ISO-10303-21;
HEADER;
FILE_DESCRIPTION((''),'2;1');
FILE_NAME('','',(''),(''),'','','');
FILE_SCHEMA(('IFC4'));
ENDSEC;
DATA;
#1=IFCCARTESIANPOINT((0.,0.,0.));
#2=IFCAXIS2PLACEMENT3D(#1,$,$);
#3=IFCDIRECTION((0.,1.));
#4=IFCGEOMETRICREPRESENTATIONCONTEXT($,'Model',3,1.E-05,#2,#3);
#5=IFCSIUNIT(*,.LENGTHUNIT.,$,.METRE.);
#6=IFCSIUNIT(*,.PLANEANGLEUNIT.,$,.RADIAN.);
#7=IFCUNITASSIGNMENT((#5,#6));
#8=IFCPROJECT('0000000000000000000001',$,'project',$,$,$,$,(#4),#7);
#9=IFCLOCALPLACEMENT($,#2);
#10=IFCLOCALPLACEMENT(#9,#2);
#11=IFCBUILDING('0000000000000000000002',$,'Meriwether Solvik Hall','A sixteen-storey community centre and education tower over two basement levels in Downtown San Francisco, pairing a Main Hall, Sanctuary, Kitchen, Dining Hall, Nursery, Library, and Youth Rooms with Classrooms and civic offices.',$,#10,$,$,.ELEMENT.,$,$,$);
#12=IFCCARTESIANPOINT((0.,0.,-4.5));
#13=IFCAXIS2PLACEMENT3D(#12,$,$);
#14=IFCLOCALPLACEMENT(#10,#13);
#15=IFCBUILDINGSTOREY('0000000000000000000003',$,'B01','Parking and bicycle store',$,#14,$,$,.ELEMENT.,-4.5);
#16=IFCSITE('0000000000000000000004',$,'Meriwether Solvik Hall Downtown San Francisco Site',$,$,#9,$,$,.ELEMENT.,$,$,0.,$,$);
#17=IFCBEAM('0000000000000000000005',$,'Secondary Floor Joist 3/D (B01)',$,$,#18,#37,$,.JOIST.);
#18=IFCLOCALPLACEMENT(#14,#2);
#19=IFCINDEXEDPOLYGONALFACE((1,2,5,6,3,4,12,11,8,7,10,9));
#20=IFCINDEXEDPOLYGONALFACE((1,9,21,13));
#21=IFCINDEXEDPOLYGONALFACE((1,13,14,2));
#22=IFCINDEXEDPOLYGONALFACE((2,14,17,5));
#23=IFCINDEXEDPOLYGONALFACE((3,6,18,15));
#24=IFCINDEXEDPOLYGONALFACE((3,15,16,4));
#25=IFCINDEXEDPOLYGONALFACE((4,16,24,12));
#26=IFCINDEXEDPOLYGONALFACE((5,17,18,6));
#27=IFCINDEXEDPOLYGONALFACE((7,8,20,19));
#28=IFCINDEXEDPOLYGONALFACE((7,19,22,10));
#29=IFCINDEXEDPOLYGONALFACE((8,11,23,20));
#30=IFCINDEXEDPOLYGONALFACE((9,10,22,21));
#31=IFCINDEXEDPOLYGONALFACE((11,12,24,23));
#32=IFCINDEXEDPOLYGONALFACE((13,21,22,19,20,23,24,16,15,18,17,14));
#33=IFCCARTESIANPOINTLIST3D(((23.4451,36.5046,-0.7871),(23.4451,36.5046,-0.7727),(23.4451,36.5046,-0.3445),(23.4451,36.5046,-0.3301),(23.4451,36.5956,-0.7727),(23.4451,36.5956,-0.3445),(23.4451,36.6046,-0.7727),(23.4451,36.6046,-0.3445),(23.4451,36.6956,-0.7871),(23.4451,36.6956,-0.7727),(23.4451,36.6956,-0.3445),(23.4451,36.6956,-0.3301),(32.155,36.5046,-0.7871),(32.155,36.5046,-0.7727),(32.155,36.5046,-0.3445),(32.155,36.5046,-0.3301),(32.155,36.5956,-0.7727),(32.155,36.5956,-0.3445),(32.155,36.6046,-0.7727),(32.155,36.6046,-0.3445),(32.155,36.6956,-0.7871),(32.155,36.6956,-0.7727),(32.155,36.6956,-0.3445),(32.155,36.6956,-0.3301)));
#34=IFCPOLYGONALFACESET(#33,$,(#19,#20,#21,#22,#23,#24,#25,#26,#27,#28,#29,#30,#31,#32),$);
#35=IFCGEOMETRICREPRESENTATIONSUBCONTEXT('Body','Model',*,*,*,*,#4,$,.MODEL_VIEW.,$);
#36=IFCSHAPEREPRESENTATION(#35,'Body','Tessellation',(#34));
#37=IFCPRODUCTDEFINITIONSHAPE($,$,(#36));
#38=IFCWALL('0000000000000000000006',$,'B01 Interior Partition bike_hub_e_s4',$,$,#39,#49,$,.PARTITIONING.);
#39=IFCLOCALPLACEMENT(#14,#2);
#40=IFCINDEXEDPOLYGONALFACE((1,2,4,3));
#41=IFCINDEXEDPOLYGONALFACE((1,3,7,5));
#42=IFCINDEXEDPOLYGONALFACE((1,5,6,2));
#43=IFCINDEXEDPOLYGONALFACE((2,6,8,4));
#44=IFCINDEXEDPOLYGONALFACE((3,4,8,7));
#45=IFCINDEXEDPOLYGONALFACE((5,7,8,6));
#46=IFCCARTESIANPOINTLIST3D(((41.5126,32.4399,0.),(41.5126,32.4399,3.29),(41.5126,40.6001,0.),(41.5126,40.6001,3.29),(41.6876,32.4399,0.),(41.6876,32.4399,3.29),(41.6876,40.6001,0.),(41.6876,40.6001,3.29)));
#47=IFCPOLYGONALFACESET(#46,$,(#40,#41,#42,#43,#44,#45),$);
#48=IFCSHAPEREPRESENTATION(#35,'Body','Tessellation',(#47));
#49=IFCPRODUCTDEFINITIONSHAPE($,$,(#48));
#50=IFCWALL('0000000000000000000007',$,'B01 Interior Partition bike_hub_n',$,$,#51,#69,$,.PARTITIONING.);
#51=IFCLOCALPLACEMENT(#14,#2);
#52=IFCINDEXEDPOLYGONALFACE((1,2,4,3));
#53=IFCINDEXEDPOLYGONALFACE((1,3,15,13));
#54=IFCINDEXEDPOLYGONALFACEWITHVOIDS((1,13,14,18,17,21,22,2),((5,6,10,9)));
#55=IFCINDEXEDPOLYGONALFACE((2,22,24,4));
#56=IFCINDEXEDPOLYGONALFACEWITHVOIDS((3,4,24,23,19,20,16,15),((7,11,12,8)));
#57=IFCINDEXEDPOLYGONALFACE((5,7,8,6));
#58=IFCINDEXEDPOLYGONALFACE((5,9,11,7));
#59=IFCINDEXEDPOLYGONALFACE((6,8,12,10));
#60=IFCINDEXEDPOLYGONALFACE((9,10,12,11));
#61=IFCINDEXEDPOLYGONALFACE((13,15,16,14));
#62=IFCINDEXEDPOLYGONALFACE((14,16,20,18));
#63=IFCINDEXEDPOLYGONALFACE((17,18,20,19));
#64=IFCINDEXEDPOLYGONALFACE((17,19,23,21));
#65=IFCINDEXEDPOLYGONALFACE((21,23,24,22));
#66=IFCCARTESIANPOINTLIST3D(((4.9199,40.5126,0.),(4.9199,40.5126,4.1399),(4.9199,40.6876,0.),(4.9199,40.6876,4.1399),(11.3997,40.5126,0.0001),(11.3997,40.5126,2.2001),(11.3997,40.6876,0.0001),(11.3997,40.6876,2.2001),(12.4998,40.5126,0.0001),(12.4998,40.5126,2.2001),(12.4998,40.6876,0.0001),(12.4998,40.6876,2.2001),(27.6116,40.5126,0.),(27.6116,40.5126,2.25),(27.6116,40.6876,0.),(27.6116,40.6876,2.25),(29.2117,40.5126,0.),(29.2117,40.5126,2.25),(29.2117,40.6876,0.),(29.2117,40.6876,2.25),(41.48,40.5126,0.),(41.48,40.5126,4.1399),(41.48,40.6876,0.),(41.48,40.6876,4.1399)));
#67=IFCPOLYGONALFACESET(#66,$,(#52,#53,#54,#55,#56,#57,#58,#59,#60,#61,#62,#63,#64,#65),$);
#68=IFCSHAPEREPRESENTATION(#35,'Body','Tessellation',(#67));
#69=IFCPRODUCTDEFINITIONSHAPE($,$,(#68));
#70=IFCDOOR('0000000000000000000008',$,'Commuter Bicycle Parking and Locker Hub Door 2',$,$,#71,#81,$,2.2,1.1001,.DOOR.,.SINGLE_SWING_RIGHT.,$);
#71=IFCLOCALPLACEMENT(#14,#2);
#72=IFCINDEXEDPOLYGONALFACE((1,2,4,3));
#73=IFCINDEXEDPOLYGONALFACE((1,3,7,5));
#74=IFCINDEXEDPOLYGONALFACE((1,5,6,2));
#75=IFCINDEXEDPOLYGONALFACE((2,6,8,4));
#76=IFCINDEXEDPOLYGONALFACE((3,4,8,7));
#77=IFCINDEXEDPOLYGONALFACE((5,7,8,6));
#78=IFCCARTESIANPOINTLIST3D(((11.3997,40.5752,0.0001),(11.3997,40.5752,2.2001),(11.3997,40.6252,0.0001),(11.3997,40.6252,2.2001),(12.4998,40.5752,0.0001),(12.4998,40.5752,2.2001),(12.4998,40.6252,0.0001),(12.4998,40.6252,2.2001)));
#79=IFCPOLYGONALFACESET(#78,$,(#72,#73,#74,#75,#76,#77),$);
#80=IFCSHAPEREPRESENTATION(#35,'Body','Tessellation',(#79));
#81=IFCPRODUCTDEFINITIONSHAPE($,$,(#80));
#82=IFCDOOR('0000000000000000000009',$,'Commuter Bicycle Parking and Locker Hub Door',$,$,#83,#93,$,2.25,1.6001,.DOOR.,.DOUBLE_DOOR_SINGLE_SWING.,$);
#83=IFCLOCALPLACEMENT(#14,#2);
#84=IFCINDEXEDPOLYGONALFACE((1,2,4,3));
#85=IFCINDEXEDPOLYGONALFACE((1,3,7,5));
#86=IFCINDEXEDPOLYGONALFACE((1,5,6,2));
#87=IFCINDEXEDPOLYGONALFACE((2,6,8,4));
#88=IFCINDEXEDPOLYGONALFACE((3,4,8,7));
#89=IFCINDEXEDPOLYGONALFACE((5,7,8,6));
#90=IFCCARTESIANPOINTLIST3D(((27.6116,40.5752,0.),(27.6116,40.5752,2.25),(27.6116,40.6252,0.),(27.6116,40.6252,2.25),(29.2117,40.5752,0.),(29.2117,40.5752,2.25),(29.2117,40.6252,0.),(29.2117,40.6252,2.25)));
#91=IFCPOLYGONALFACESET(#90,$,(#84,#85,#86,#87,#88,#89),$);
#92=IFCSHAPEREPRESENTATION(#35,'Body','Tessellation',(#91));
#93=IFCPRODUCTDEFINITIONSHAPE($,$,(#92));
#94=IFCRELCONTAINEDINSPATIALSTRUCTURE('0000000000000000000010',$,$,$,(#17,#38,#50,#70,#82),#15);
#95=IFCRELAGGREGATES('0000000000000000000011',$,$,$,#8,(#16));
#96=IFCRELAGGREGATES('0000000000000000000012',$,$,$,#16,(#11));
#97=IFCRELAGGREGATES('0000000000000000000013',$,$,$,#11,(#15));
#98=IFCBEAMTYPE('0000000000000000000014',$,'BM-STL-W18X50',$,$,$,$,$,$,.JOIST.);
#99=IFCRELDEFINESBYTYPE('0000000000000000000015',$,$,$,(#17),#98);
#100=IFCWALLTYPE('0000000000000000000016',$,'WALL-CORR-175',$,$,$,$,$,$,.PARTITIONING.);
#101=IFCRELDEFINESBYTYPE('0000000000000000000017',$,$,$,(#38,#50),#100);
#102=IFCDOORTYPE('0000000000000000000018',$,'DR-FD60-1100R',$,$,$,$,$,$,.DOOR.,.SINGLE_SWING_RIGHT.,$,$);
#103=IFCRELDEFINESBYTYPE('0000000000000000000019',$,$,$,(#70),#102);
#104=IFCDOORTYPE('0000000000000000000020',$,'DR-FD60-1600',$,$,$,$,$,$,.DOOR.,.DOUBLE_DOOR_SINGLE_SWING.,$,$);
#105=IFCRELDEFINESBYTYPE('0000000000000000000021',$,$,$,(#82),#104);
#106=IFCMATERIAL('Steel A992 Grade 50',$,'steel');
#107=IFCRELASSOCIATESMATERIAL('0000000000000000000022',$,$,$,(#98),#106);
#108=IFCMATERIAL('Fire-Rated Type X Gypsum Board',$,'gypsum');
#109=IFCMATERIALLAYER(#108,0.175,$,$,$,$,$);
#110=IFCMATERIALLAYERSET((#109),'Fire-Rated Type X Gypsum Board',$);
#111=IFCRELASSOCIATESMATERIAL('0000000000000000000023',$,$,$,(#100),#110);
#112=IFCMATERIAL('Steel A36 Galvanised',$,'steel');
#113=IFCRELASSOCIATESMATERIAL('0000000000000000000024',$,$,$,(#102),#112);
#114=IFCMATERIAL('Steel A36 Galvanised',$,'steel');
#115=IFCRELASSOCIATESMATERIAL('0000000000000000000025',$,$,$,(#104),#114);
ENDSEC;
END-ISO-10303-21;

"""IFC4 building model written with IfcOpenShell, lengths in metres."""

from ifc_helpers import new_model, si_unit, direction, frame, frame_2d, origin, origin_2d, place, context, subcontext, project, spatial, rectangle, i_section, extrude, material, layer, layer_set, material_profile, profile_set, type_object, element, fill, save


model = new_model("IFC4")

# Units and contexts
model_context = context("Model", 3, precision=1e-05, world=origin(), true_north=direction((0.0, 1.0)))
body_context = subcontext(model_context, "Body", "Model", "MODEL_VIEW")
ifc_project = project(units=[si_unit("LENGTHUNIT", "METRE"), si_unit("PLANEANGLEUNIT", "RADIAN")], contexts=[model_context])

# Site, building, storey
site_placement = place(None, origin())
site = spatial("IfcSite", under=ifc_project, at=site_placement, Name="Meriwether Solvik Hall Downtown San Francisco Site", CompositionType="ELEMENT", RefElevation=0.0)
building_placement = place(site_placement, origin())
building = spatial("IfcBuilding", under=site, at=building_placement, Name="Meriwether Solvik Hall", Description="A sixteen-storey community centre and education tower over two basement levels in Downtown San Francisco, pairing a Main Hall, Sanctuary, Kitchen, Dining Hall, Nursery, Library, and Youth Rooms with Classrooms and civic offices.", CompositionType="ELEMENT")
storey_placement = place(building_placement, frame((0.0, 0.0, -4.5)))
storey = spatial("IfcBuildingStorey", under=building, at=storey_placement, Name="B01", Description="Parking and bicycle store", CompositionType="ELEMENT", Elevation=-4.5)

# Beam
ifc_material_1 = material(Name="Steel A992 Grade 50", Category="steel")
ifc_material_profile_1 = material_profile(ifc_material_1, i_section(OverallWidth=0.1909, OverallDepth=0.457, WebThickness=0.009, FlangeThickness=0.0144, at=origin_2d()), Name="W18X50")
ifc_profile_set_1 = profile_set([ifc_material_profile_1], Name="Steel A992 Grade 50")
beam_type_1 = type_object("IfcBeamType", Name="BM-STL-W18X50", PredefinedType="JOIST", material=ifc_profile_set_1)
beam_1_placement = place(storey_placement, frame((23.4451, 36.6001, -0.5586), z_axis=(1.0, 0.0, 0.0), x_axis=(0.0, 1.0, 0.0)))
element("IfcBeam", 1, at=beam_1_placement, inside=storey, type_object=beam_type_1, Name="Secondary Floor Joist 3/D (B01)", PredefinedType="JOIST", context=body_context, shape_type="SweptSolid", body=[
    extrude(i_section(OverallWidth=0.1909, OverallDepth=0.457, WebThickness=0.009, FlangeThickness=0.0144, at=origin_2d()), origin(), (0.0, 0.0, 1.0), 8.71),
])

# Wall
ifc_material_2 = material(Name="Fire-Rated Type X Gypsum Board", Category="gypsum")
ifc_layer = layer(ifc_material_2, 0.175)
ifc_layer_set = layer_set([ifc_layer], Name="Fire-Rated Type X Gypsum Board")
wall_type = type_object("IfcWallType", Name="WALL-CORR-175", PredefinedType="PARTITIONING", material=ifc_layer_set)
wall_1_placement = place(storey_placement, frame((41.6001, 32.4399, 0.0), z_axis=(0.0, 0.0, 1.0), x_axis=(0.0, 1.0, 0.0)))
element("IfcWall", 2, at=wall_1_placement, inside=storey, type_object=wall_type, Name="B01 Interior Partition bike_hub_e_s4", PredefinedType="PARTITIONING", context=body_context, shape_type="SweptSolid", body=[
    extrude(rectangle(XDim=8.1602, YDim=0.175, at=frame_2d((4.0801, 0.0))), origin(), (0.0, 0.0, 1.0), 3.29),
])

# Wall, openings, doors
wall_2_placement = place(storey_placement, frame((41.48, 40.6001, 0.0), z_axis=(0.0, 0.0, 1.0), x_axis=(-1.0, 0.0, 0.0)))
wall_2 = element("IfcWall", 3, at=wall_2_placement, inside=storey, type_object=wall_type, Name="B01 Interior Partition bike_hub_n", PredefinedType="PARTITIONING", context=body_context, shape_type="SweptSolid", body=[
    extrude(rectangle(XDim=36.5601, YDim=0.175, at=frame_2d((18.28, 0.0))), origin(), (0.0, 0.0, 1.0), 4.1399),
])
opening_1_placement = place(wall_2_placement, frame((12.2683, 0.0, 0.0)))
opening_1 = element("IfcOpeningElement", 4, at=opening_1_placement, cuts=wall_2, PredefinedType="OPENING", context=body_context, shape_type="SweptSolid", body=[
    extrude(rectangle(XDim=1.6001, YDim=2.25, at=frame_2d((0.8, 1.125))), frame((0.0, 0.0996, 0.0), z_axis=(0.0, -1.0, 0.0), x_axis=(1.0, 0.0, 0.0)), (0.0, 0.0, 1.0), 0.199),
])
opening_2_placement = place(wall_2_placement, frame((28.9802, 0.0, 0.0)))
opening_2 = element("IfcOpeningElement", 5, at=opening_2_placement, cuts=wall_2, PredefinedType="OPENING", context=body_context, shape_type="SweptSolid", body=[
    extrude(rectangle(XDim=1.1001, YDim=2.2, at=frame_2d((0.55, 1.1001))), frame((0.0, 0.0996, 0.0), z_axis=(0.0, -1.0, 0.0), x_axis=(1.0, 0.0, 0.0)), (0.0, 0.0, 1.0), 0.199),
])
ifc_material_3 = material(Name="Steel A36 Galvanised", Category="steel")
door_type_1 = type_object("IfcDoorType", Name="DR-FD60-1100R", OperationType="SINGLE_SWING_RIGHT", PredefinedType="DOOR", material=ifc_material_3)
door_1_placement = place(opening_2_placement, origin())
door_1 = element("IfcDoor", 6, at=door_1_placement, inside=storey, type_object=door_type_1, Name="Commuter Bicycle Parking and Locker Hub Door 2", OperationType="SINGLE_SWING_RIGHT", OverallHeight=2.2, OverallWidth=1.1001, PredefinedType="DOOR", context=body_context, shape_type="SweptSolid", body=[
    extrude(rectangle(XDim=1.1001, YDim=2.2, at=frame_2d((0.55, 1.1001))), frame((0.0, 0.0249, 0.0), z_axis=(0.0, -1.0, 0.0), x_axis=(1.0, 0.0, 0.0)), (0.0, 0.0, 1.0), 0.05),
])
fill(opening_2, door_1)
ifc_material_4 = material(Name="Steel A36 Galvanised", Category="steel")
door_type_2 = type_object("IfcDoorType", Name="DR-FD60-1600", OperationType="DOUBLE_DOOR_SINGLE_SWING", PredefinedType="DOOR", material=ifc_material_4)
door_2_placement = place(opening_1_placement, origin())
door_2 = element("IfcDoor", 7, at=door_2_placement, inside=storey, type_object=door_type_2, Name="Commuter Bicycle Parking and Locker Hub Door", OperationType="DOUBLE_DOOR_SINGLE_SWING", OverallHeight=2.25, OverallWidth=1.6001, PredefinedType="DOOR", context=body_context, shape_type="SweptSolid", body=[
    extrude(rectangle(XDim=1.6001, YDim=2.25, at=frame_2d((0.8, 1.125))), frame((0.0, 0.0249, 0.0), z_axis=(0.0, -1.0, 0.0), x_axis=(1.0, 0.0, 0.0)), (0.0, 0.0, 1.0), 0.05),
])
fill(opening_1, door_2)

save(model, "model.ifc")
